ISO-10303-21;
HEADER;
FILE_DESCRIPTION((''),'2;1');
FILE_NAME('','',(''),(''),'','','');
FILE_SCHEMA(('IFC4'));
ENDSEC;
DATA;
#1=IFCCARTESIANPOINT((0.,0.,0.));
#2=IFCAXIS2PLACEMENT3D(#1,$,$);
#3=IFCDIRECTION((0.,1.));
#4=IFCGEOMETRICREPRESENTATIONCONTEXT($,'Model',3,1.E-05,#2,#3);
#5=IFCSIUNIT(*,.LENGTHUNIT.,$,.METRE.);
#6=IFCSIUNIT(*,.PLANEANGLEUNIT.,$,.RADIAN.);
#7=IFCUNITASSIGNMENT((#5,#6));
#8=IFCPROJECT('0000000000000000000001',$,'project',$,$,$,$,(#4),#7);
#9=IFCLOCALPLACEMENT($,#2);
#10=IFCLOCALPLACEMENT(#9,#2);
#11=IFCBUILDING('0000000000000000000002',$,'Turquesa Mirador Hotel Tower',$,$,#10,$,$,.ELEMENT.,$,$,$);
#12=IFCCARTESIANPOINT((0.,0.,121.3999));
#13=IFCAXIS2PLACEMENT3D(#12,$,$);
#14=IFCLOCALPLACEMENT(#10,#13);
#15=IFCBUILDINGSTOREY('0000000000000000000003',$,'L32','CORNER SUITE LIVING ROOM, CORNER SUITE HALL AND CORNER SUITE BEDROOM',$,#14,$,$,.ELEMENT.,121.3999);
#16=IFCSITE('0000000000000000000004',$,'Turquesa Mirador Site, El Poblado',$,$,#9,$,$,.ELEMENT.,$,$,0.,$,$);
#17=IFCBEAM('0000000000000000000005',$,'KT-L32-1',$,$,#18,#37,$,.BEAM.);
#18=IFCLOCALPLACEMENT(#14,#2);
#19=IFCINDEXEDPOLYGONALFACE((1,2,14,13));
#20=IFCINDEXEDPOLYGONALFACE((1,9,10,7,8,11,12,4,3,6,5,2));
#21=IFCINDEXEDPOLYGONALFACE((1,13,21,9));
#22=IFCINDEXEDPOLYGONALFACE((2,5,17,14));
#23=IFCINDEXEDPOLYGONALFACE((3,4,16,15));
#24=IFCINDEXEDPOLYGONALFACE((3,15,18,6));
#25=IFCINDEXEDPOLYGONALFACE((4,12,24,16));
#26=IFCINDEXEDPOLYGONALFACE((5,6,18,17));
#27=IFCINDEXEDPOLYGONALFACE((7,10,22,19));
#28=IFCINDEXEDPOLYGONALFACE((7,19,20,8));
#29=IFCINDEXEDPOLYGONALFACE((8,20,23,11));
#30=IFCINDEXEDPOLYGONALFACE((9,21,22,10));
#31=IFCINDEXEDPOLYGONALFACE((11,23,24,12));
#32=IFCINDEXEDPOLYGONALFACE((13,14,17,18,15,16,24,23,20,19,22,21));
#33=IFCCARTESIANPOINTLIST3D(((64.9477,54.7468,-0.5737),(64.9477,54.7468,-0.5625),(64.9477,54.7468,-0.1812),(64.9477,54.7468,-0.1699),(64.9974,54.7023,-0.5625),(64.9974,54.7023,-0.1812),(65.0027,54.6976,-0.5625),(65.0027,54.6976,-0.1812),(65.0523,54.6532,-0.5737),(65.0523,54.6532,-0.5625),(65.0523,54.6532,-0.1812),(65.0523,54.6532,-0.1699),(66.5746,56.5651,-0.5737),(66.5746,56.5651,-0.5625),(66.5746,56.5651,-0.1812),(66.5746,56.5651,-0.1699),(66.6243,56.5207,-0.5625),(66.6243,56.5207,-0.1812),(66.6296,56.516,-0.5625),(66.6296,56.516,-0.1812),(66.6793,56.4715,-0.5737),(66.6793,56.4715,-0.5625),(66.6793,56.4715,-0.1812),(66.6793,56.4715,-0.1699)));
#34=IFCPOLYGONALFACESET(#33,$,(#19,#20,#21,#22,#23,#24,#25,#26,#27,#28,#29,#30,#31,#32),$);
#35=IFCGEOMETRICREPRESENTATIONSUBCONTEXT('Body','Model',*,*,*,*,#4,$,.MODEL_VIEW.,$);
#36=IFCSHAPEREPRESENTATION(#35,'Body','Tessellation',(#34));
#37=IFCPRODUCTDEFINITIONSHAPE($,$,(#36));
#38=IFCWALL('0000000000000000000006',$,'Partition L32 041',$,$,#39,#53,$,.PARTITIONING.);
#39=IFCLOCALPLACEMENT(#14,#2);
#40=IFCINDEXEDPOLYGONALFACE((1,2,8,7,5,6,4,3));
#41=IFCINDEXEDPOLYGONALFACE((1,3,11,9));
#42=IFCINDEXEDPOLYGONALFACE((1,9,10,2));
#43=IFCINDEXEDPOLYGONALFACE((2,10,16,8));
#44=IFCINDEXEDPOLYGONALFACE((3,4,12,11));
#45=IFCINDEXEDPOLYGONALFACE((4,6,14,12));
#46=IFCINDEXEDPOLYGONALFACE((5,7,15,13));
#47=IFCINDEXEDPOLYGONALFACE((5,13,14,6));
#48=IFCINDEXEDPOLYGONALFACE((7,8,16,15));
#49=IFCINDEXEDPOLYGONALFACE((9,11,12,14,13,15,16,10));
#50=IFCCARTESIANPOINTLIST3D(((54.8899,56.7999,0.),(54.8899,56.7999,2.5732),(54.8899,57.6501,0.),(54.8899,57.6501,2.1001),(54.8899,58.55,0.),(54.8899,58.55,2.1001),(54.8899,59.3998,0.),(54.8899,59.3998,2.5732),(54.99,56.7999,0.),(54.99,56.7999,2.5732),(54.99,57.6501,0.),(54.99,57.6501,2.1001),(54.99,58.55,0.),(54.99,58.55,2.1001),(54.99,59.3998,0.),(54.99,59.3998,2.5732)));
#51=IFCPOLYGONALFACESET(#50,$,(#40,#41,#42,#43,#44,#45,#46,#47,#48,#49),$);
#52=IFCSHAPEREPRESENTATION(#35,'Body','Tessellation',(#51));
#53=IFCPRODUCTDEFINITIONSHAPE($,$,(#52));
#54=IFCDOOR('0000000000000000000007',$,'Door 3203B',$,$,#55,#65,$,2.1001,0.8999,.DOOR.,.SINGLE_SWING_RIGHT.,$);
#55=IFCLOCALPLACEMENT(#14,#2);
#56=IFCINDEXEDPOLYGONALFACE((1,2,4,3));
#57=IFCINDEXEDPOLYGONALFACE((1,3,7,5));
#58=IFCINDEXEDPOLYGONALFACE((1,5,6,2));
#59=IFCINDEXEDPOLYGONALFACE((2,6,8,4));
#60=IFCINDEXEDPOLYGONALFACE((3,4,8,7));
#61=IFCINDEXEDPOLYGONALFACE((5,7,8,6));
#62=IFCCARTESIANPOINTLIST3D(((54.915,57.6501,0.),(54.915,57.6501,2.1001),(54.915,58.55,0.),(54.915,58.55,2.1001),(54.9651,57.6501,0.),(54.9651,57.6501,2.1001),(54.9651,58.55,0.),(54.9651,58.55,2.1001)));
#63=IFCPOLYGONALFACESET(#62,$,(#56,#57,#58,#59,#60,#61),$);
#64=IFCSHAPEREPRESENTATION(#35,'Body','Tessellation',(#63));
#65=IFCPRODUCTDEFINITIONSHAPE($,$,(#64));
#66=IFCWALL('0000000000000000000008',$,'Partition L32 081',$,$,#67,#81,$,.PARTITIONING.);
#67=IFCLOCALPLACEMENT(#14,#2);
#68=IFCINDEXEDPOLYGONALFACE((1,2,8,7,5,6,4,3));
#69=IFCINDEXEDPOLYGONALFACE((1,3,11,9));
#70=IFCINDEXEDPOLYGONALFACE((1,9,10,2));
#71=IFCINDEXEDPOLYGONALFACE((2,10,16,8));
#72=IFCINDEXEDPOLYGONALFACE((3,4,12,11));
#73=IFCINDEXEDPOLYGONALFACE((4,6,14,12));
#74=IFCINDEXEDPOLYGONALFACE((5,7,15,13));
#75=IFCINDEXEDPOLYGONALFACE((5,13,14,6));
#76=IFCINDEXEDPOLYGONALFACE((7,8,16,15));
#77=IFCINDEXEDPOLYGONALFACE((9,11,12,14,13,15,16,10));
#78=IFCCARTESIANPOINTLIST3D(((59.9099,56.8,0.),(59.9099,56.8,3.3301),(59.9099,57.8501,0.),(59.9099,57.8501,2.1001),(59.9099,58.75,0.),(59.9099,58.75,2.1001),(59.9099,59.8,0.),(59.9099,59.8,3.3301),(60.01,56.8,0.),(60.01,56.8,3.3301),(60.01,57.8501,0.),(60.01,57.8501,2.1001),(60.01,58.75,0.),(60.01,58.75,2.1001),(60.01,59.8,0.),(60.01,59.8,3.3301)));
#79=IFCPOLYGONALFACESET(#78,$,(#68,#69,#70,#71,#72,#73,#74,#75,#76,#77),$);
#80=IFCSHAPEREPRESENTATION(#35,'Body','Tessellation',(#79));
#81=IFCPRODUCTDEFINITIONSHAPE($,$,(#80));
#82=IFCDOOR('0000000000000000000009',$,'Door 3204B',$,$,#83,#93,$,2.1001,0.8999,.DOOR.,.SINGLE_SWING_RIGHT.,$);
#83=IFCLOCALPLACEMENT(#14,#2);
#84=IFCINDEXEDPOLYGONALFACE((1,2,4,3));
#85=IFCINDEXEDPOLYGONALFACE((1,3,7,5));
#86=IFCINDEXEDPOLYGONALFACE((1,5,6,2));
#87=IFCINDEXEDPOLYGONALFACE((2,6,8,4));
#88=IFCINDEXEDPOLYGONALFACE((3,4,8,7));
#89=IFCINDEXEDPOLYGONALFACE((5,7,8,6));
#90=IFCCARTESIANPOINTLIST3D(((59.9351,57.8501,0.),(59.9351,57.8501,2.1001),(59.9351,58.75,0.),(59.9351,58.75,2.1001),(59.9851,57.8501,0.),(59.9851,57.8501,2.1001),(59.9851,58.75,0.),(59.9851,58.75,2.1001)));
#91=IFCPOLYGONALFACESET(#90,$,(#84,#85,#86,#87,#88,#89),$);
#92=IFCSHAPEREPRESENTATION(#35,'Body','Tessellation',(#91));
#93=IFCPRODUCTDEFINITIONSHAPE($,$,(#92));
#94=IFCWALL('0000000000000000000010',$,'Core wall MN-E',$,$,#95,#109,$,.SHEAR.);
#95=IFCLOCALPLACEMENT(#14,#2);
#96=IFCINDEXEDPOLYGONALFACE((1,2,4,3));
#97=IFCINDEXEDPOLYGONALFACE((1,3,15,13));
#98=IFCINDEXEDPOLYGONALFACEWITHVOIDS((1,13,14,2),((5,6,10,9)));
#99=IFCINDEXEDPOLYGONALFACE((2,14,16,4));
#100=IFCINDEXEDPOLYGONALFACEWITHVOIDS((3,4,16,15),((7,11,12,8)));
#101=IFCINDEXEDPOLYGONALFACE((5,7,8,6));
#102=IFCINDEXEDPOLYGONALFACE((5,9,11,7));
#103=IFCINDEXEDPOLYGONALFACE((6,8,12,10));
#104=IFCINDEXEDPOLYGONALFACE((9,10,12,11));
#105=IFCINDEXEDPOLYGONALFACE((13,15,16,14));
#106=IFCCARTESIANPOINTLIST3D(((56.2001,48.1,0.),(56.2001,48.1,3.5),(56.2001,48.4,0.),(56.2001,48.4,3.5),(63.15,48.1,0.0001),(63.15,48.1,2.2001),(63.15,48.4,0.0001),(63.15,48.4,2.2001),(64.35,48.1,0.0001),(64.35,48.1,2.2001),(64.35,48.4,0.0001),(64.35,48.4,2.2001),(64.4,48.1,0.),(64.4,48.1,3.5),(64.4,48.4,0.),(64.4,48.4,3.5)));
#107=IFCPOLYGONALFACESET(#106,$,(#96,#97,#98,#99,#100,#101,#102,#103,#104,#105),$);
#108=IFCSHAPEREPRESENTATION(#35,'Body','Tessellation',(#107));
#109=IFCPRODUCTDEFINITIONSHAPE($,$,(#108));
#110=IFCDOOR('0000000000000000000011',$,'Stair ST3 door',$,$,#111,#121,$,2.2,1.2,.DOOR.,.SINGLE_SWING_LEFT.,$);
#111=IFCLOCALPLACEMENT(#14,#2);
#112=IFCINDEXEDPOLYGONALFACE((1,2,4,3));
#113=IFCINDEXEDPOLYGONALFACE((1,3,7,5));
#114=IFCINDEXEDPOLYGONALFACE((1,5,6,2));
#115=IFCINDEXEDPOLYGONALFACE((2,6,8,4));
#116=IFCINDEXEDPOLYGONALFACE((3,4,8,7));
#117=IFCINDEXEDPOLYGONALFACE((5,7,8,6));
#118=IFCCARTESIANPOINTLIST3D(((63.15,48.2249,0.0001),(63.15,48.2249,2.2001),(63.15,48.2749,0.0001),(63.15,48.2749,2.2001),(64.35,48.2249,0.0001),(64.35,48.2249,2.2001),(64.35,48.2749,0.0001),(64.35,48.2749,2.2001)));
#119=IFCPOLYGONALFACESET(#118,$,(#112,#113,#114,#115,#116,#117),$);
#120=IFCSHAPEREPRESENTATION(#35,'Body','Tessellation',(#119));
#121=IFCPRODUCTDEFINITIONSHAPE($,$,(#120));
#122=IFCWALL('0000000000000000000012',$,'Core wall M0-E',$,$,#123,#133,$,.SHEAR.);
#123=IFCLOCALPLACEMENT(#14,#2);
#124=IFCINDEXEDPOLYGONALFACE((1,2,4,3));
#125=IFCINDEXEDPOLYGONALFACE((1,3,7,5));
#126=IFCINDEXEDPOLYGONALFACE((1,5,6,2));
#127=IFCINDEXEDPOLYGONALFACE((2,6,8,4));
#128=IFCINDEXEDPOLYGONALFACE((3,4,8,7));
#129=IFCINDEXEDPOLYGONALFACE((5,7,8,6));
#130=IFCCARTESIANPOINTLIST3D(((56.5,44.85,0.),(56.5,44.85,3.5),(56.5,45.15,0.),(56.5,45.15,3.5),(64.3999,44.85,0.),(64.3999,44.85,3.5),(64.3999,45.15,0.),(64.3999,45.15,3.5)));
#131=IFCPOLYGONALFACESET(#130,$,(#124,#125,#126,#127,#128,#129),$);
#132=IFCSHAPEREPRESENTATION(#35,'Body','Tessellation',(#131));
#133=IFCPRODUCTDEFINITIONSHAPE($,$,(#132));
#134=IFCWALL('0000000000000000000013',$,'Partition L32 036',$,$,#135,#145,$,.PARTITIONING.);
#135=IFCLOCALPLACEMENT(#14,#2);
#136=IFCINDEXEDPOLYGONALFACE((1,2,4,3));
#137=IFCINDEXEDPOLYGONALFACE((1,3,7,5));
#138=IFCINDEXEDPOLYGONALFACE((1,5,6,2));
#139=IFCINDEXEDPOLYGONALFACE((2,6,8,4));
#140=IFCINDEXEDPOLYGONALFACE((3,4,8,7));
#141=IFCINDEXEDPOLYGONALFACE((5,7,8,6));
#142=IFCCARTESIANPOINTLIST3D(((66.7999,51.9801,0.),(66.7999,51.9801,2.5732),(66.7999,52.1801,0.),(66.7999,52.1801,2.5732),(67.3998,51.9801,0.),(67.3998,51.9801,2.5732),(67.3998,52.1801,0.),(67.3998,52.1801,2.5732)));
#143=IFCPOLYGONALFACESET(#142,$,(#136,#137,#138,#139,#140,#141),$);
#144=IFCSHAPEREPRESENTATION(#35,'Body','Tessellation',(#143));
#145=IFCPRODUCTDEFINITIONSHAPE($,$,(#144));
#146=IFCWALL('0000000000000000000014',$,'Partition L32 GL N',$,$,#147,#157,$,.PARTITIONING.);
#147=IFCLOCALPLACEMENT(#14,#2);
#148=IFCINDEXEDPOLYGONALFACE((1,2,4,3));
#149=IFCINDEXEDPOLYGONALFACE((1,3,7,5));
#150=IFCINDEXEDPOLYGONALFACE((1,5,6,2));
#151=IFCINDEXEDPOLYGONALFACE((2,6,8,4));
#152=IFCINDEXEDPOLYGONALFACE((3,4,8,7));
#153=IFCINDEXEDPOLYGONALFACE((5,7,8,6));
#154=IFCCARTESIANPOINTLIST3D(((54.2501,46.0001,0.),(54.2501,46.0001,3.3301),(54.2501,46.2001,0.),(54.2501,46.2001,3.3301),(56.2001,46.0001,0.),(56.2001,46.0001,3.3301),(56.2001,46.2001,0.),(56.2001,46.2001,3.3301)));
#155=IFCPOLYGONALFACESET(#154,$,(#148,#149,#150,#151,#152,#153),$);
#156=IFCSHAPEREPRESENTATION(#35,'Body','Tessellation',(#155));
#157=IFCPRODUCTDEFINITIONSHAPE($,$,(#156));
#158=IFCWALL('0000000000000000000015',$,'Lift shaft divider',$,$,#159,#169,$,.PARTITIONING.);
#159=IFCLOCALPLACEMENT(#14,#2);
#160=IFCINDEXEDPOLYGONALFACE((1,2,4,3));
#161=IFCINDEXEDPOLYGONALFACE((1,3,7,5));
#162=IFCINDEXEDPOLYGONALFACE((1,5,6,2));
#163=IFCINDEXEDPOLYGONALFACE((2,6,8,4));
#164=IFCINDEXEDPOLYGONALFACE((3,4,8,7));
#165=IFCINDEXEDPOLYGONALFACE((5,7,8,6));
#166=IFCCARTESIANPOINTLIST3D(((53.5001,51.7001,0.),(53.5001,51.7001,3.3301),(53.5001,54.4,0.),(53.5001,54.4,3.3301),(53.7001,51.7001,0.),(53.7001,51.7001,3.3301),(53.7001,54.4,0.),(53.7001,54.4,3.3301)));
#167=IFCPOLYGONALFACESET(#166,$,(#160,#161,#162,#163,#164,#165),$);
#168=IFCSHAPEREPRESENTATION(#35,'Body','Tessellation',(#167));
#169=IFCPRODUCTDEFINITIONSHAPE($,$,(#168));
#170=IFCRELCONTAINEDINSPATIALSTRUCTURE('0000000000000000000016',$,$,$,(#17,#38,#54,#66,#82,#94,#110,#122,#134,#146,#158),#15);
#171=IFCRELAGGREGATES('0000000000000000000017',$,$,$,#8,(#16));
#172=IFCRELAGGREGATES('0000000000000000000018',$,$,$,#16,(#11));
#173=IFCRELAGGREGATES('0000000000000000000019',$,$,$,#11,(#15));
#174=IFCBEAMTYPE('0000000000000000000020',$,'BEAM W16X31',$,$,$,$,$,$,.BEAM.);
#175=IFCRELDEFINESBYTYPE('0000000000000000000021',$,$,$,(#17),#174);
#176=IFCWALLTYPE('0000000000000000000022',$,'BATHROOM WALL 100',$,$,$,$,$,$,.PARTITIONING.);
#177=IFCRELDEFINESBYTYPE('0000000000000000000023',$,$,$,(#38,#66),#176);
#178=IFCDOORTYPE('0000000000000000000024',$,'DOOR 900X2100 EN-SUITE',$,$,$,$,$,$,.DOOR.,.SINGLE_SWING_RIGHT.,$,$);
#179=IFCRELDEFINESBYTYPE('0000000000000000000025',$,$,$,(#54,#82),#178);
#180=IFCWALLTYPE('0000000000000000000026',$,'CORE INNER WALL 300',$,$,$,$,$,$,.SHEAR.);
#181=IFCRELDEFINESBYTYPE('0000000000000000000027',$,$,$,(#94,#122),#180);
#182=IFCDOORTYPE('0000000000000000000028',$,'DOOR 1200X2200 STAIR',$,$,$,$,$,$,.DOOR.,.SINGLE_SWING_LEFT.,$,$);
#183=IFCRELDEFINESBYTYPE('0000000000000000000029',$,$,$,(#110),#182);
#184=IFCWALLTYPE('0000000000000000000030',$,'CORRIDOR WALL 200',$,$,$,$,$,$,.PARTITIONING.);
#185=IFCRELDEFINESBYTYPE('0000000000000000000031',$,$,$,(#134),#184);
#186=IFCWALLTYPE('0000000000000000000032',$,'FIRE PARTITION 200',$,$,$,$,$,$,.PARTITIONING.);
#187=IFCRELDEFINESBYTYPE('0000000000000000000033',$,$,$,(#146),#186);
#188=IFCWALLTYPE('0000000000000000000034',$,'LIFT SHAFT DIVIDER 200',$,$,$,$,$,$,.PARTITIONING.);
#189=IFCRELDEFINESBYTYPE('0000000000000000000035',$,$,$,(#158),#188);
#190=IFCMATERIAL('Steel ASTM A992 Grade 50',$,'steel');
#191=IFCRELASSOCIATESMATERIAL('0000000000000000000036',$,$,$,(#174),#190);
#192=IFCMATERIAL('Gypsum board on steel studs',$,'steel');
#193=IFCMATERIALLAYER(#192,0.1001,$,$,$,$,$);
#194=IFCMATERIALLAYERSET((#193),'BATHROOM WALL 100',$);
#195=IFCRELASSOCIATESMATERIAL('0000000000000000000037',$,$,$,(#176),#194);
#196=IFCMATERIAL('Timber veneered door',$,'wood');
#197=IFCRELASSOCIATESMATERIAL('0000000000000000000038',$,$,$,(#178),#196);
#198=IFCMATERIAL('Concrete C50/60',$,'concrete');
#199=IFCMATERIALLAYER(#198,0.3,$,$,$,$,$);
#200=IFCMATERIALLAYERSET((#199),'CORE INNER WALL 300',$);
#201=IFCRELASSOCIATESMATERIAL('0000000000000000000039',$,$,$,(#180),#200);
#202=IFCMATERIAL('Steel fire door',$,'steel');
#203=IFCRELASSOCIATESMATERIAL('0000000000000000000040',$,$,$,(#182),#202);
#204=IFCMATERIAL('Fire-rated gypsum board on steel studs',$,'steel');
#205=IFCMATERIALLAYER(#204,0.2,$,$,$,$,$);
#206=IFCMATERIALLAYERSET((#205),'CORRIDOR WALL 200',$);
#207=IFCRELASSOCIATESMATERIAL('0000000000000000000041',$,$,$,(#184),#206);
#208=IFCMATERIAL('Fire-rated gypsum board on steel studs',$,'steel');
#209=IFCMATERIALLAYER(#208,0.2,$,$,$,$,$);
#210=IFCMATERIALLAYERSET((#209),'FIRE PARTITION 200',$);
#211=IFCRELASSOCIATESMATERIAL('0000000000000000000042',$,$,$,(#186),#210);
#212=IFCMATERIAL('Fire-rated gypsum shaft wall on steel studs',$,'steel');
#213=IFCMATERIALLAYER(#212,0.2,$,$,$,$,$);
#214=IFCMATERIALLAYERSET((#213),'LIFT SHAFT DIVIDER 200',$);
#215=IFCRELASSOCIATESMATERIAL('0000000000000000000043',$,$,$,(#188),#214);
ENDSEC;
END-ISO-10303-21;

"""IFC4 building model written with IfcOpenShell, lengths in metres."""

from ifc_helpers import new_model, si_unit, direction, frame, frame_2d, origin, origin_2d, place, context, subcontext, project, spatial, rectangle, i_section, extrude, material, layer, layer_set, material_profile, profile_set, type_object, element, fill, save


model = new_model("IFC4")

# Units and contexts
model_context = context("Model", 3, precision=1e-05, world=origin(), true_north=direction((0.0, 1.0)))
body_context = subcontext(model_context, "Body", "Model", "MODEL_VIEW")
ifc_project = project(units=[si_unit("LENGTHUNIT", "METRE"), si_unit("PLANEANGLEUNIT", "RADIAN")], contexts=[model_context])

# Site, building, storey
site_placement = place(None, origin())
site = spatial("IfcSite", under=ifc_project, at=site_placement, Name="Turquesa Mirador Site, El Poblado", CompositionType="ELEMENT", RefElevation=0.0)
building_placement = place(site_placement, origin())
building = spatial("IfcBuilding", under=site, at=building_placement, Name="Turquesa Mirador Hotel Tower", CompositionType="ELEMENT")
storey_placement = place(building_placement, frame((0.0, 0.0, 121.3999)))
storey = spatial("IfcBuildingStorey", under=building, at=storey_placement, Name="L32", Description="CORNER SUITE LIVING ROOM, CORNER SUITE HALL AND CORNER SUITE BEDROOM", CompositionType="ELEMENT", Elevation=121.3999)

# Beam
ifc_material_1 = material(Name="Steel ASTM A992 Grade 50", Category="steel")
ifc_material_profile = material_profile(ifc_material_1, i_section(OverallWidth=0.1404, OverallDepth=0.4038, WebThickness=0.0071, FlangeThickness=0.0112, at=origin_2d()), Name="W16X31")
ifc_profile_set = profile_set([ifc_material_profile], Name="Steel ASTM A992 Grade 50")
beam_type = type_object("IfcBeamType", Name="BEAM W16X31", PredefinedType="BEAM", material=ifc_profile_set)
beam_placement = place(storey_placement, frame((66.627, 56.5183, -0.3718), z_axis=(-0.666795, -0.745241, 0.0), x_axis=(0.745241, -0.666795, 0.0)))
element("IfcBeam", 1, at=beam_placement, inside=storey, type_object=beam_type, Name="KT-L32-1", PredefinedType="BEAM", context=body_context, shape_type="SweptSolid", body=[
    extrude(i_section(OverallWidth=0.1404, OverallDepth=0.4038, WebThickness=0.0071, FlangeThickness=0.0112, at=origin_2d()), origin(), (0.0, 0.0, 1.0), 2.4399),
])

# Walls, openings, doors
ifc_material_2 = material(Name="Gypsum board on steel studs", Category="steel")
ifc_layer_1 = layer(ifc_material_2, 0.1001)
ifc_layer_set_1 = layer_set([ifc_layer_1], Name="BATHROOM WALL 100")
wall_type_1 = type_object("IfcWallType", Name="BATHROOM WALL 100", PredefinedType="PARTITIONING", material=ifc_layer_set_1)
wall_1_placement = place(storey_placement, frame((54.9399, 56.8, 0.0), z_axis=(0.0, 0.0, 1.0), x_axis=(0.0, 1.0, 0.0)))
wall_1 = element("IfcWall", 2, at=wall_1_placement, inside=storey, type_object=wall_type_1, Name="Partition L32 041", PredefinedType="PARTITIONING", context=body_context, shape_type="SweptSolid", body=[
    extrude(rectangle(XDim=2.5999, YDim=0.1001, at=frame_2d((1.2998, 0.0))), origin(), (0.0, 0.0, 1.0), 2.5732),
])
opening_1_placement = place(wall_1_placement, frame((0.8501, 0.0, 0.0)))
opening_1 = element("IfcOpeningElement", 3, at=opening_1_placement, cuts=wall_1, PredefinedType="OPENING", context=body_context, shape_type="SweptSolid", body=[
    extrude(rectangle(XDim=0.8999, YDim=2.1001, at=frame_2d((0.45, 1.05))), frame((0.0, 0.0601, 0.0), z_axis=(0.0, -1.0, 0.0), x_axis=(1.0, 0.0, 0.0)), (0.0, 0.0, 1.0), 0.1201),
])
ifc_material_3 = material(Name="Timber veneered door", Category="wood")
door_type_1 = type_object("IfcDoorType", Name="DOOR 900X2100 EN-SUITE", OperationType="SINGLE_SWING_RIGHT", PredefinedType="DOOR", material=ifc_material_3)
door_1_placement = place(opening_1_placement, origin())
door_1 = element("IfcDoor", 4, at=door_1_placement, inside=storey, type_object=door_type_1, Name="Door 3203B", OperationType="SINGLE_SWING_RIGHT", OverallHeight=2.1001, OverallWidth=0.8999, PredefinedType="DOOR", context=body_context, shape_type="SweptSolid", body=[
    extrude(rectangle(XDim=0.8999, YDim=2.1001, at=frame_2d((0.45, 1.05))), frame((0.0, 0.0249, 0.0), z_axis=(0.0, -1.0, 0.0), x_axis=(1.0, 0.0, 0.0)), (0.0, 0.0, 1.0), 0.05),
])
fill(opening_1, door_1)
wall_2_placement = place(storey_placement, frame((59.96, 56.8, 0.0), z_axis=(0.0, 0.0, 1.0), x_axis=(0.0, 1.0, 0.0)))
wall_2 = element("IfcWall", 5, at=wall_2_placement, inside=storey, type_object=wall_type_1, Name="Partition L32 081", PredefinedType="PARTITIONING", context=body_context, shape_type="SweptSolid", body=[
    extrude(rectangle(XDim=3.0, YDim=0.1001, at=frame_2d((1.5, 0.0))), origin(), (0.0, 0.0, 1.0), 3.3301),
])
opening_2_placement = place(wall_2_placement, frame((1.05, 0.0, 0.0)))
opening_2 = element("IfcOpeningElement", 6, at=opening_2_placement, cuts=wall_2, PredefinedType="OPENING", context=body_context, shape_type="SweptSolid", body=[
    extrude(rectangle(XDim=0.8999, YDim=2.1001, at=frame_2d((0.45, 1.05))), frame((0.0, 0.0601, 0.0), z_axis=(0.0, -1.0, 0.0), x_axis=(1.0, 0.0, 0.0)), (0.0, 0.0, 1.0), 0.1201),
])
door_2_placement = place(opening_2_placement, origin())
door_2 = element("IfcDoor", 7, at=door_2_placement, inside=storey, type_object=door_type_1, Name="Door 3204B", OperationType="SINGLE_SWING_RIGHT", OverallHeight=2.1001, OverallWidth=0.8999, PredefinedType="DOOR", context=body_context, shape_type="SweptSolid", body=[
    extrude(rectangle(XDim=0.8999, YDim=2.1001, at=frame_2d((0.45, 1.05))), frame((0.0, 0.0249, 0.0), z_axis=(0.0, -1.0, 0.0), x_axis=(1.0, 0.0, 0.0)), (0.0, 0.0, 1.0), 0.05),
])
fill(opening_2, door_2)
ifc_material_4 = material(Name="Concrete C50/60", Category="concrete")
ifc_layer_2 = layer(ifc_material_4, 0.3)
ifc_layer_set_2 = layer_set([ifc_layer_2], Name="CORE INNER WALL 300")
wall_type_2 = type_object("IfcWallType", Name="CORE INNER WALL 300", PredefinedType="SHEAR", material=ifc_layer_set_2)
wall_3_placement = place(storey_placement, frame((56.2, 48.25, 0.0), z_axis=(0.0, 0.0, 1.0), x_axis=(1.0, 0.0, 0.0)))
wall_3 = element("IfcWall", 8, at=wall_3_placement, inside=storey, type_object=wall_type_2, Name="Core wall MN-E", PredefinedType="SHEAR", context=body_context, shape_type="SweptSolid", body=[
    extrude(rectangle(XDim=8.2, YDim=0.3, at=frame_2d((4.1001, 0.0))), origin(), (0.0, 0.0, 1.0), 3.5),
])
opening_3_placement = place(wall_3_placement, frame((6.95, 0.0, 0.0)))
opening_3 = element("IfcOpeningElement", 9, at=opening_3_placement, cuts=wall_3, PredefinedType="OPENING", context=body_context, shape_type="SweptSolid", body=[
    extrude(rectangle(XDim=1.2, YDim=2.2, at=frame_2d((0.6001, 1.1001))), frame((0.0, 0.1599, 0.0), z_axis=(0.0, -1.0, 0.0), x_axis=(1.0, 0.0, 0.0)), (0.0, 0.0, 1.0), 0.3201),
])
ifc_material_5 = material(Name="Steel fire door", Category="steel")
door_type_2 = type_object("IfcDoorType", Name="DOOR 1200X2200 STAIR", OperationType="SINGLE_SWING_LEFT", PredefinedType="DOOR", material=ifc_material_5)
door_3_placement = place(opening_3_placement, origin())
door_3 = element("IfcDoor", 10, at=door_3_placement, inside=storey, type_object=door_type_2, Name="Stair ST3 door", OperationType="SINGLE_SWING_LEFT", OverallHeight=2.2, OverallWidth=1.2, PredefinedType="DOOR", context=body_context, shape_type="SweptSolid", body=[
    extrude(rectangle(XDim=1.2, YDim=2.2, at=frame_2d((0.6001, 1.1001))), frame((0.0, 0.0249, 0.0), z_axis=(0.0, -1.0, 0.0), x_axis=(1.0, 0.0, 0.0)), (0.0, 0.0, 1.0), 0.05),
])
fill(opening_3, door_3)

# Walls
wall_4_placement = place(storey_placement, frame((56.5, 45.0, 0.0), z_axis=(0.0, 0.0, 1.0), x_axis=(1.0, 0.0, 0.0)))
element("IfcWall", 11, at=wall_4_placement, inside=storey, type_object=wall_type_2, Name="Core wall M0-E", PredefinedType="SHEAR", context=body_context, shape_type="SweptSolid", body=[
    extrude(rectangle(XDim=7.8999, YDim=0.3, at=frame_2d((3.95, 0.0))), origin(), (0.0, 0.0, 1.0), 3.5),
])
ifc_material_6 = material(Name="Fire-rated gypsum board on steel studs", Category="steel")
ifc_layer_3 = layer(ifc_material_6, 0.2)
ifc_layer_set_3 = layer_set([ifc_layer_3], Name="CORRIDOR WALL 200")
wall_type_3 = type_object("IfcWallType", Name="CORRIDOR WALL 200", PredefinedType="PARTITIONING", material=ifc_layer_set_3)
wall_5_placement = place(storey_placement, frame((66.8, 52.0801, 0.0), z_axis=(0.0, 0.0, 1.0), x_axis=(1.0, 0.0, 0.0)))
element("IfcWall", 12, at=wall_5_placement, inside=storey, type_object=wall_type_3, Name="Partition L32 036", PredefinedType="PARTITIONING", context=body_context, shape_type="SweptSolid", body=[
    extrude(rectangle(XDim=0.5999, YDim=0.2, at=frame_2d((0.2998, 0.0))), origin(), (0.0, 0.0, 1.0), 2.5732),
])
ifc_material_7 = material(Name="Fire-rated gypsum board on steel studs", Category="steel")
ifc_layer_4 = layer(ifc_material_7, 0.2)
ifc_layer_set_4 = layer_set([ifc_layer_4], Name="FIRE PARTITION 200")
wall_type_4 = type_object("IfcWallType", Name="FIRE PARTITION 200", PredefinedType="PARTITIONING", material=ifc_layer_set_4)
wall_6_placement = place(storey_placement, frame((54.25, 46.1001, 0.0), z_axis=(0.0, 0.0, 1.0), x_axis=(1.0, 0.0, 0.0)))
element("IfcWall", 13, at=wall_6_placement, inside=storey, type_object=wall_type_4, Name="Partition L32 GL N", PredefinedType="PARTITIONING", context=body_context, shape_type="SweptSolid", body=[
    extrude(rectangle(XDim=1.95, YDim=0.2, at=frame_2d((0.9751, 0.0))), origin(), (0.0, 0.0, 1.0), 3.3301),
])
ifc_material_8 = material(Name="Fire-rated gypsum shaft wall on steel studs", Category="steel")
ifc_layer_5 = layer(ifc_material_8, 0.2)
ifc_layer_set_5 = layer_set([ifc_layer_5], Name="LIFT SHAFT DIVIDER 200")
wall_type_5 = type_object("IfcWallType", Name="LIFT SHAFT DIVIDER 200", PredefinedType="PARTITIONING", material=ifc_layer_set_5)
for number, where, z_axis, x_axis, name in (
    (14, (53.6001, 51.7, 0.0), (0.0, 0.0, 1.0), (0.0, 1.0, 0.0), "Lift shaft divider"),
):
    element("IfcWall", number, at=place(storey_placement, frame(where, z_axis=z_axis, x_axis=x_axis)), inside=storey, type_object=wall_type_5, Name=name, PredefinedType="PARTITIONING", context=body_context, shape_type="SweptSolid", body=[
        extrude(rectangle(XDim=2.7, YDim=0.2, at=frame_2d((1.3501, 0.0))), origin(), (0.0, 0.0, 1.0), 3.3301),
    ])

save(model, "model.ifc")
